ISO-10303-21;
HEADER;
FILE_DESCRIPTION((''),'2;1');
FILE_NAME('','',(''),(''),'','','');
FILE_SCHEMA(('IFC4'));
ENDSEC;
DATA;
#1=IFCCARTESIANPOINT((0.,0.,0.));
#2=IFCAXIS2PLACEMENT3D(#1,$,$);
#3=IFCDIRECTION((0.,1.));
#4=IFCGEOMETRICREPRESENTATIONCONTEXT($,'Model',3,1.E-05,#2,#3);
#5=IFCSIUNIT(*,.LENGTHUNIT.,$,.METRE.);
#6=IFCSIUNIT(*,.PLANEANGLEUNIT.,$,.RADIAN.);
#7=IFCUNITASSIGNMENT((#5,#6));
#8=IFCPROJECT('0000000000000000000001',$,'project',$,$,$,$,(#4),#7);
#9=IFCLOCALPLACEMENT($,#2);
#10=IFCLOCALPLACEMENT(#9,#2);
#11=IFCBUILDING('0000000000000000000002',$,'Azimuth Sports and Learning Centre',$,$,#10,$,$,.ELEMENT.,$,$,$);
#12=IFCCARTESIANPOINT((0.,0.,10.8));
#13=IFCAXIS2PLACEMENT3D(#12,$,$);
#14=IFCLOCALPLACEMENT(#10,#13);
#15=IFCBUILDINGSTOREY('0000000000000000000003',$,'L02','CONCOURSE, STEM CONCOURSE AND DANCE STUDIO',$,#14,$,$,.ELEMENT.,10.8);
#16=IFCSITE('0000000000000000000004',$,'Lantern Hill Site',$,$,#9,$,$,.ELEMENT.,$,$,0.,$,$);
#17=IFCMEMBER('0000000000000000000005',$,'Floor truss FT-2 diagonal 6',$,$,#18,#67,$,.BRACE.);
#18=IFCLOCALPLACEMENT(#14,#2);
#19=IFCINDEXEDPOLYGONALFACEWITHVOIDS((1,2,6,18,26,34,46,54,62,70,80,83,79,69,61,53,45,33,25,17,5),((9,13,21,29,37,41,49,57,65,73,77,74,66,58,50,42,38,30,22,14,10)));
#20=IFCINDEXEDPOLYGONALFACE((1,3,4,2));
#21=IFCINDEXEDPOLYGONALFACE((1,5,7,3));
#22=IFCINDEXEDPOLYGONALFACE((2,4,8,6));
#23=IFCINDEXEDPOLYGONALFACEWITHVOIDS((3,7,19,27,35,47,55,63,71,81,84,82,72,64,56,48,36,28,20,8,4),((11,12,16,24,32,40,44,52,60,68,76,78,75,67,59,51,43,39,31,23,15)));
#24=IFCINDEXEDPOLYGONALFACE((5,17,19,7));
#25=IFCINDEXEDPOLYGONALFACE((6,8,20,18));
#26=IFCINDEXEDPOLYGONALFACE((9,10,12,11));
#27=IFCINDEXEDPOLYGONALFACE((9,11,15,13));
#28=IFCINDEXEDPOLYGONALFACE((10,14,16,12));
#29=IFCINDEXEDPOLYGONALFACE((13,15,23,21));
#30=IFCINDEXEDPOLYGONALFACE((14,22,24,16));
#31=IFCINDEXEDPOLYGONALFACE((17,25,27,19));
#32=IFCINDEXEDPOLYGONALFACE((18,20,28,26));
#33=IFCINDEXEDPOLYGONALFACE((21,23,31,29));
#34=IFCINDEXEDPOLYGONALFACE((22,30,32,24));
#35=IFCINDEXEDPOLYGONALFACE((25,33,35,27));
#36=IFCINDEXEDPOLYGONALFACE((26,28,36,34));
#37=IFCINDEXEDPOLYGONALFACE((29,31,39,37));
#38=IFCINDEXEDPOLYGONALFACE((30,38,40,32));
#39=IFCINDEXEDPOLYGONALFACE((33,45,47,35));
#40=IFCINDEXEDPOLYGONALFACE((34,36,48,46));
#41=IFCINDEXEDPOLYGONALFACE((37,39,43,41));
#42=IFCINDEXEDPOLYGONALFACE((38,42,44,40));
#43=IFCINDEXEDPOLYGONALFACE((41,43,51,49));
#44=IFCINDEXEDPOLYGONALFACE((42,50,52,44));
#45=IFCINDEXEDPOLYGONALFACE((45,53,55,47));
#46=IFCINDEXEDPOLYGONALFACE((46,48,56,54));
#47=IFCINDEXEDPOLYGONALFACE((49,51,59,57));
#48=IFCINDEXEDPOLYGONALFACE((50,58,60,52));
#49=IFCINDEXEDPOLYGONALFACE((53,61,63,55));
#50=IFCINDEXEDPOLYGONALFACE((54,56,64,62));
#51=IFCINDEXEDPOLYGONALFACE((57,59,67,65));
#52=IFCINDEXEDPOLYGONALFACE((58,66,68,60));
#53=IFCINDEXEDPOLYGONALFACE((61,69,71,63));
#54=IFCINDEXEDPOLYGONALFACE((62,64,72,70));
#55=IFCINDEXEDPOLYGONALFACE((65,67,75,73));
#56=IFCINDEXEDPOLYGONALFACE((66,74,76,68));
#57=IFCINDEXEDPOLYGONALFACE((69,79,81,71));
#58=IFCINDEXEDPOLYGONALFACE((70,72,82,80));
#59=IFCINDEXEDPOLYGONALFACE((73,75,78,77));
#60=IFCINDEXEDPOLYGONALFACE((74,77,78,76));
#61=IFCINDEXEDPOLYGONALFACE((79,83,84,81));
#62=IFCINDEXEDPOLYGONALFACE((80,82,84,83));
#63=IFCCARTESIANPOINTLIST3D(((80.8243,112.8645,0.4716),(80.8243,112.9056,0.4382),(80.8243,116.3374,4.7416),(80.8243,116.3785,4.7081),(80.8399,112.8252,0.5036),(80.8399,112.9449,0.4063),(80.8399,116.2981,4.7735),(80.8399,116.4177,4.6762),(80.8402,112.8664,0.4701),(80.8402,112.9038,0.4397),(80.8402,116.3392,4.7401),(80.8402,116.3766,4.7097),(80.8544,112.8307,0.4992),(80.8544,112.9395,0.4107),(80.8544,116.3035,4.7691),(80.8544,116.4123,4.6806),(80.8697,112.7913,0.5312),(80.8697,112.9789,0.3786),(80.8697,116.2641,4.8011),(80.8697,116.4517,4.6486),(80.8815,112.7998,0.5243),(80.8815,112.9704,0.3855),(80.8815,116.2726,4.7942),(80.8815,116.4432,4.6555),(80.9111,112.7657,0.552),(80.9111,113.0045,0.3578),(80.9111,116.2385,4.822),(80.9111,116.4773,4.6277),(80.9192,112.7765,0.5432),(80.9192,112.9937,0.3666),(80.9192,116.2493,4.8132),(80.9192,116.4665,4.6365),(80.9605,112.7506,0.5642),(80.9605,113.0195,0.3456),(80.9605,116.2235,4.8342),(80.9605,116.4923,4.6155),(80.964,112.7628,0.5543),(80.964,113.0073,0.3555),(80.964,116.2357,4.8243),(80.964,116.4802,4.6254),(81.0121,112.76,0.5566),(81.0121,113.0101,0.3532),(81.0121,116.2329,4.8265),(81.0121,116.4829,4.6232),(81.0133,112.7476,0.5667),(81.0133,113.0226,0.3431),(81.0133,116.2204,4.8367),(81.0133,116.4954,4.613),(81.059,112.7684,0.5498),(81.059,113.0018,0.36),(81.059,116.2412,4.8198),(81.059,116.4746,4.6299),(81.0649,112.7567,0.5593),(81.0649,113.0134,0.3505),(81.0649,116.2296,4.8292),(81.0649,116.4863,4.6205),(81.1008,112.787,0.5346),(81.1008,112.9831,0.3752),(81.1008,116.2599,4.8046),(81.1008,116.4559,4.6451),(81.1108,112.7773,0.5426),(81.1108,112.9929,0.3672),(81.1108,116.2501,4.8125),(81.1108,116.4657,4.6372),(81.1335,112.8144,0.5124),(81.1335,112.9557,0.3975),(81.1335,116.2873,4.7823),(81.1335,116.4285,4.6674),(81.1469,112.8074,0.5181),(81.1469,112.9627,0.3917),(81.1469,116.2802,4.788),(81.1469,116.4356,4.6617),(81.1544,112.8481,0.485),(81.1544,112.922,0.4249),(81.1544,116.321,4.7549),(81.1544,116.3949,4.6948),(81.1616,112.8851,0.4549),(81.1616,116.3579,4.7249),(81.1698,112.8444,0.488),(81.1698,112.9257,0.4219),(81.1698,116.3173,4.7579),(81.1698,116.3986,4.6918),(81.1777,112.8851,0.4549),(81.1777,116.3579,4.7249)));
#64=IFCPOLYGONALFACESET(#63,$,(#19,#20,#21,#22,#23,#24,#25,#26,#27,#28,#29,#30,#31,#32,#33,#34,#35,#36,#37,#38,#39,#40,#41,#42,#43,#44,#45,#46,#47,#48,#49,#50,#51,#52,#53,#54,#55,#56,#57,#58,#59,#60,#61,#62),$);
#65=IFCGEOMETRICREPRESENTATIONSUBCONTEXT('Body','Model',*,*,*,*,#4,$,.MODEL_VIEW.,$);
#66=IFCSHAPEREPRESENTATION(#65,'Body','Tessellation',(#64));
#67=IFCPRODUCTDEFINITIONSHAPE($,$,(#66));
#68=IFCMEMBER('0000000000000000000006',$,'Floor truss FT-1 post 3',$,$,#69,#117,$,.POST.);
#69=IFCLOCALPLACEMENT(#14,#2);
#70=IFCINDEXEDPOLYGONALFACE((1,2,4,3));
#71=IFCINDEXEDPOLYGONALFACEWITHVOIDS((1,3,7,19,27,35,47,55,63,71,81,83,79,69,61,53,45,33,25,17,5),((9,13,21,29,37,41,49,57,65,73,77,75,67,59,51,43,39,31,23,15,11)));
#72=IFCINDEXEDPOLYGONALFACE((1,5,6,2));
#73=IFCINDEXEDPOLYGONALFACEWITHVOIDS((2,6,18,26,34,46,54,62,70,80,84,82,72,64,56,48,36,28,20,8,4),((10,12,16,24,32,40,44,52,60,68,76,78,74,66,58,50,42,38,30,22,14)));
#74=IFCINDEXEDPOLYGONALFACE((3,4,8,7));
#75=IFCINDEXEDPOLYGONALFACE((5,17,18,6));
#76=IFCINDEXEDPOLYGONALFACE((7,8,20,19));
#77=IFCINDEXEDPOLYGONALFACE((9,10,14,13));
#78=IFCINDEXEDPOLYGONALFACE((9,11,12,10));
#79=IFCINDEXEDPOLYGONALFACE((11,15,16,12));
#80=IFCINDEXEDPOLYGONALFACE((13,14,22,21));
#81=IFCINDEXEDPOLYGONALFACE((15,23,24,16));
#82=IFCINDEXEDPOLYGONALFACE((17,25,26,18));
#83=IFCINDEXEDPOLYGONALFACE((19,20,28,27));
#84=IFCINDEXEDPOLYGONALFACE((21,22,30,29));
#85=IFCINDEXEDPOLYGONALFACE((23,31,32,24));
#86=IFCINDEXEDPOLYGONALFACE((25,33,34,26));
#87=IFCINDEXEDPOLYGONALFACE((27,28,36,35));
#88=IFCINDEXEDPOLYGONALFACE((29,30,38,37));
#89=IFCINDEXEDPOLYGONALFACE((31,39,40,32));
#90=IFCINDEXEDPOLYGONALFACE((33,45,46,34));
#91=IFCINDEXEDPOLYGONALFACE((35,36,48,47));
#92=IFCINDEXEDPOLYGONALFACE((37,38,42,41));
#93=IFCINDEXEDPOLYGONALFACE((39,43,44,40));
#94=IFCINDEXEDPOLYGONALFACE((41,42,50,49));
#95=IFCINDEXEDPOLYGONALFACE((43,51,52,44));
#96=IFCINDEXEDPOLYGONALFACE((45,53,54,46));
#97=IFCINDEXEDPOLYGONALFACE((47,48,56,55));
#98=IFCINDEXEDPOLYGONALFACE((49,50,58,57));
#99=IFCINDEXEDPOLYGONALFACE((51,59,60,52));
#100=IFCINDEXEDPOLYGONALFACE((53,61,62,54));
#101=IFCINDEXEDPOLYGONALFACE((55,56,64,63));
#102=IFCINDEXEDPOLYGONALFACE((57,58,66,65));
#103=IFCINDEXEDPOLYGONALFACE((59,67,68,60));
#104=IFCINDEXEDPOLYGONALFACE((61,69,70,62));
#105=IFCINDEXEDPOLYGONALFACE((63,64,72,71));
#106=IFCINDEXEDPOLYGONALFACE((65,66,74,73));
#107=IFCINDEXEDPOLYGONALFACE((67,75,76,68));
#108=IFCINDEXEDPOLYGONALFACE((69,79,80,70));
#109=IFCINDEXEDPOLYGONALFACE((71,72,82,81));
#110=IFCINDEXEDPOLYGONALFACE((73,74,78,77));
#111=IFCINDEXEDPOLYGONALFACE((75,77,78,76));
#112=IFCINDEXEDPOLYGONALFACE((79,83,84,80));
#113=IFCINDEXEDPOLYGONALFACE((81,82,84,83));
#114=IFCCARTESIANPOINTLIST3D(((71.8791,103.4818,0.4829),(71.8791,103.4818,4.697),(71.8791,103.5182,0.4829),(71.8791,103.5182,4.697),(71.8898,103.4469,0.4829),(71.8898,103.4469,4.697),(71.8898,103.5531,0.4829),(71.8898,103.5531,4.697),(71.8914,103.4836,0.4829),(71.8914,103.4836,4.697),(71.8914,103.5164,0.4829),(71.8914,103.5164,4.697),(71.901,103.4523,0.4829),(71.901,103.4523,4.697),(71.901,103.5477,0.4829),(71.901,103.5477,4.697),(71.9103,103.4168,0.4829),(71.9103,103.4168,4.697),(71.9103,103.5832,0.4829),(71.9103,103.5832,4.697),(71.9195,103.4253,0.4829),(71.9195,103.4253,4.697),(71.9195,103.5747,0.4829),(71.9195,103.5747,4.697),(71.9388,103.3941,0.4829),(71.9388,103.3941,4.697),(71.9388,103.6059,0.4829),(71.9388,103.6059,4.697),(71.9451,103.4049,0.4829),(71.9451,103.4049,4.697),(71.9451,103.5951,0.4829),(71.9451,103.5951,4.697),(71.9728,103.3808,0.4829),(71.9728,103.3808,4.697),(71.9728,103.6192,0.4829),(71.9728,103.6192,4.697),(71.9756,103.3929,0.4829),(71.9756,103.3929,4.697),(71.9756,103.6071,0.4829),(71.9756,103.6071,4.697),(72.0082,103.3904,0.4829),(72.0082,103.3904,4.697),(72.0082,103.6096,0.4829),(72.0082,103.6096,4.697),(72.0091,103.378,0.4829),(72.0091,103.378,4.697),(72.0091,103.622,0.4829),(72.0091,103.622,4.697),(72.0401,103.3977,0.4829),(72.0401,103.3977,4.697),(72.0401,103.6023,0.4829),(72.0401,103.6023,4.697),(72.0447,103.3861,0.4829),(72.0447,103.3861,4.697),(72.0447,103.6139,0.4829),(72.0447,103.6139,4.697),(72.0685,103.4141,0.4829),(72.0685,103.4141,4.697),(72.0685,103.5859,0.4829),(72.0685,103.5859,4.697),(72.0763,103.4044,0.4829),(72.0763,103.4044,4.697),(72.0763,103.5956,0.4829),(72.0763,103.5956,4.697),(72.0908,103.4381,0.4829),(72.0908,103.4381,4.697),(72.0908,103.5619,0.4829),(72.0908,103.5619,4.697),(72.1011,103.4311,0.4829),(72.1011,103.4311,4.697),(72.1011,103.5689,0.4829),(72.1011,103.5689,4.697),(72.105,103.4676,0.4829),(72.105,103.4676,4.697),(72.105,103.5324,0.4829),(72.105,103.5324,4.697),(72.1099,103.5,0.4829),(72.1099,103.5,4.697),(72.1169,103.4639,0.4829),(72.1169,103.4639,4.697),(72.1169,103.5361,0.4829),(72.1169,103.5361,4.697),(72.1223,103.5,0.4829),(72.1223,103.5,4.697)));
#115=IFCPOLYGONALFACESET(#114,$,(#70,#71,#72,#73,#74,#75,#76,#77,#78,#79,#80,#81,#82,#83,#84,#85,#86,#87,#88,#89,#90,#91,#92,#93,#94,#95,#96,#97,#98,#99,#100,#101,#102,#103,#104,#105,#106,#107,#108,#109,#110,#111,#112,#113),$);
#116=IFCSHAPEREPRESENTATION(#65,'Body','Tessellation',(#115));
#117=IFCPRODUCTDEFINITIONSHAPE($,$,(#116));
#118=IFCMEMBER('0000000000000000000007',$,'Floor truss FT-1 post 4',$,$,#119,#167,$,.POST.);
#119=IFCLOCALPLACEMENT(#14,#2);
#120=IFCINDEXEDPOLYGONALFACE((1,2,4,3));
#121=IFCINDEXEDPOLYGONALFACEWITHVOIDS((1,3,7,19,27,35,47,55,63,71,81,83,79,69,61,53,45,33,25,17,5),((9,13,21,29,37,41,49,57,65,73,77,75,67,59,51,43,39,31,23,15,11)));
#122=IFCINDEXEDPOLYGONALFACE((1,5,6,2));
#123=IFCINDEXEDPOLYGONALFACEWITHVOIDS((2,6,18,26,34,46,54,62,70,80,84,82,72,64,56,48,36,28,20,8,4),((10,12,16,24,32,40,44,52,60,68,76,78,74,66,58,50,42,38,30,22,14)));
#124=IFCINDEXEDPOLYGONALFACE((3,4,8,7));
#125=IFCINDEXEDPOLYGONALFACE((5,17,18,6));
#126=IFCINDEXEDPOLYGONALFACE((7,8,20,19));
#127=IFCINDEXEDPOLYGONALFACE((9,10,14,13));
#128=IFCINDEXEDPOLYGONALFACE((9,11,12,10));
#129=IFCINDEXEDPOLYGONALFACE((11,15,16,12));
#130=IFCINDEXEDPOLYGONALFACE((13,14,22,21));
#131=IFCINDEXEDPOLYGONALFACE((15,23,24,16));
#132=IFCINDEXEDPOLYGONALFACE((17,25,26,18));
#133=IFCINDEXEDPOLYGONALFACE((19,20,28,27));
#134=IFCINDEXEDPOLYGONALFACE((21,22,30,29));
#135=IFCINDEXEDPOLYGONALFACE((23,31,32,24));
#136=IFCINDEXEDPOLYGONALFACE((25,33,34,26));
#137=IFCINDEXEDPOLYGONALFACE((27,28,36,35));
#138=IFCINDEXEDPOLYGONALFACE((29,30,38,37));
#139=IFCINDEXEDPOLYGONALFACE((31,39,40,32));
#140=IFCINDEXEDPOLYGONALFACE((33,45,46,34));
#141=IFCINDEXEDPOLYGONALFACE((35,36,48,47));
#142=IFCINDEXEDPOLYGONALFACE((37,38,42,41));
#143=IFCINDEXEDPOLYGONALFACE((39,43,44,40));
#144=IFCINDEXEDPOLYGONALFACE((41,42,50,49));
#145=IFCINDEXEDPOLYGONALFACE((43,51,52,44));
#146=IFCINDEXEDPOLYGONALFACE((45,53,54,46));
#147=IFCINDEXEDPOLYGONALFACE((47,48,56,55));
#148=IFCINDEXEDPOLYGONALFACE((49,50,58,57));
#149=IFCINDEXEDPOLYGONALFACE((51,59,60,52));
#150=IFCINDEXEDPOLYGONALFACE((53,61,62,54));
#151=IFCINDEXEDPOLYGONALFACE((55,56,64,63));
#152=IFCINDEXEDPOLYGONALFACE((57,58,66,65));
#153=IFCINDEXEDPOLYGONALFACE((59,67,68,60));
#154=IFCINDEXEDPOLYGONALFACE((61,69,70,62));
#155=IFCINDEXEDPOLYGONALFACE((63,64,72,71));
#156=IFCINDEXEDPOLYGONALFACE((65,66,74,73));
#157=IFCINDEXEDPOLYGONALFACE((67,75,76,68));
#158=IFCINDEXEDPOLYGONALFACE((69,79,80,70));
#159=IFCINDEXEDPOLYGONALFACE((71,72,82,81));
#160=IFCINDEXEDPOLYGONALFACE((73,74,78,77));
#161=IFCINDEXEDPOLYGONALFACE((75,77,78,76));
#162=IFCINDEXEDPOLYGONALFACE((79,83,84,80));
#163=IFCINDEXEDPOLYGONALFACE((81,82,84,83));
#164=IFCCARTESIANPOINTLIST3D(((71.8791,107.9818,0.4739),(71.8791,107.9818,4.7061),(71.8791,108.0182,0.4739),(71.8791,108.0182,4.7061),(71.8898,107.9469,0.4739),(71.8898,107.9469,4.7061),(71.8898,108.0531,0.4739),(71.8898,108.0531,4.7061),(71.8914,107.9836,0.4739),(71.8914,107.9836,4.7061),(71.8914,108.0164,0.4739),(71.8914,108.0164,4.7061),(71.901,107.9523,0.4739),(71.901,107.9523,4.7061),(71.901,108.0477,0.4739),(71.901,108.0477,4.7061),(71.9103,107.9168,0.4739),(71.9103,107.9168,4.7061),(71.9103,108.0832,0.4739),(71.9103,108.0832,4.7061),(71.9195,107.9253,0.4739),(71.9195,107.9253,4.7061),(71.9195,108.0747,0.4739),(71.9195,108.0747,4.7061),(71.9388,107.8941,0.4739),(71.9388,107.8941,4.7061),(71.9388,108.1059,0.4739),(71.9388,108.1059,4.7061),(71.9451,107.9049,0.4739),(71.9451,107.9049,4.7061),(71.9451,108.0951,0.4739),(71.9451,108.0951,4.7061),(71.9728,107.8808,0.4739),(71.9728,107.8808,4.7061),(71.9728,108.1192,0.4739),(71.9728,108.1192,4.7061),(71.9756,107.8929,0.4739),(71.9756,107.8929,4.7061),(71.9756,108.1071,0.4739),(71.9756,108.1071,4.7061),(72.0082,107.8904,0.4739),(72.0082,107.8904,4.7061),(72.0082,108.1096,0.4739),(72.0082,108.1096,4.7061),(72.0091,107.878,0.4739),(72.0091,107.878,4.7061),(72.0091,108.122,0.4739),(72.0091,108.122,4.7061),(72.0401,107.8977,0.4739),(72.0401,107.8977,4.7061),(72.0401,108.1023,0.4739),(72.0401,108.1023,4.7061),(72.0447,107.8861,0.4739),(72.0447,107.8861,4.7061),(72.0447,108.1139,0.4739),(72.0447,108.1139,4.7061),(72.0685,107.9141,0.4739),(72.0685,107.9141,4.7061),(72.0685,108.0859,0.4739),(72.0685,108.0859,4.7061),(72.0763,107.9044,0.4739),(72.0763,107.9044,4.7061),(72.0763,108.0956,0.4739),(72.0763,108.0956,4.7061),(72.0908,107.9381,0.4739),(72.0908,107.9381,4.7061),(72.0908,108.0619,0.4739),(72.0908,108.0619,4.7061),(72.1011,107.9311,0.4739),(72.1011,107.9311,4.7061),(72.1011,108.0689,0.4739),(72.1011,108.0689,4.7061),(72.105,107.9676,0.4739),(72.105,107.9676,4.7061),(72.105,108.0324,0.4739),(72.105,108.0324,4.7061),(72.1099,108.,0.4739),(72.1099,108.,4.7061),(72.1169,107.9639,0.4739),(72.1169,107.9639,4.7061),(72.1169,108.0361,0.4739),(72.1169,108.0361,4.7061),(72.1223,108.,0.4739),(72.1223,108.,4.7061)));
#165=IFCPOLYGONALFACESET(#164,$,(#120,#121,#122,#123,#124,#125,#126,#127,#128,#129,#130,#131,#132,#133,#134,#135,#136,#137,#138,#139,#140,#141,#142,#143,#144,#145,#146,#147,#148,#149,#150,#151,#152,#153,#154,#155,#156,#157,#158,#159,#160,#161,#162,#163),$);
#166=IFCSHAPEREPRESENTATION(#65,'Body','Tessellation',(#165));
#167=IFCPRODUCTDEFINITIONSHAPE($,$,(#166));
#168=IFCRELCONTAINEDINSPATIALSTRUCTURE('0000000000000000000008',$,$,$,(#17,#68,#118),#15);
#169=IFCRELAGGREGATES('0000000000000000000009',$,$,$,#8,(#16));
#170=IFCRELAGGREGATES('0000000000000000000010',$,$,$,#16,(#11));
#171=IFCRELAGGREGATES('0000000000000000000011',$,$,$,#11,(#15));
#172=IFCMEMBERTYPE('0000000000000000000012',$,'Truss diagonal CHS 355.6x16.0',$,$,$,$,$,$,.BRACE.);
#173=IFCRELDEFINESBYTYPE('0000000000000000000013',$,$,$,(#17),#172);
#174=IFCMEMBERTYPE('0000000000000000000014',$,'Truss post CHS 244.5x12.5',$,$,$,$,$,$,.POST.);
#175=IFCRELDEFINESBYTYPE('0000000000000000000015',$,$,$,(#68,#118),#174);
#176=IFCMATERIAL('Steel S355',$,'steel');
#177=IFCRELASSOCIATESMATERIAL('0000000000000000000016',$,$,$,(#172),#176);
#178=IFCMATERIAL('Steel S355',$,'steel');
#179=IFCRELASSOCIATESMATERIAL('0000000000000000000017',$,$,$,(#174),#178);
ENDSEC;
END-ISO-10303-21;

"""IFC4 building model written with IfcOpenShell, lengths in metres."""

from ifc_helpers import new_model, si_unit, direction, frame, origin, origin_2d, place, context, subcontext, project, spatial, hollow_circle, extrude, material, material_profile, profile_set, type_object, element, save


model = new_model("IFC4")

# Units and contexts
model_context = context("Model", 3, precision=1e-05, world=origin(), true_north=direction((0.0, 1.0)))
body_context = subcontext(model_context, "Body", "Model", "MODEL_VIEW")
ifc_project = project(units=[si_unit("LENGTHUNIT", "METRE"), si_unit("PLANEANGLEUNIT", "RADIAN")], contexts=[model_context])

# Site, building, storey
site_placement = place(None, origin())
site = spatial("IfcSite", under=ifc_project, at=site_placement, Name="Lantern Hill Site", CompositionType="ELEMENT", RefElevation=0.0)
building_placement = place(site_placement, origin())
building = spatial("IfcBuilding", under=site, at=building_placement, Name="Azimuth Sports and Learning Centre", CompositionType="ELEMENT")
storey_placement = place(building_placement, frame((0.0, 0.0, 10.8)))
storey = spatial("IfcBuildingStorey", under=building, at=storey_placement, Name="L02", Description="CONCOURSE, STEM CONCOURSE AND DANCE STUDIO", CompositionType="ELEMENT", Elevation=10.8)

# Members
ifc_material_1 = material(Name="Steel S355", Category="steel")
ifc_material_profile_1 = material_profile(ifc_material_1, hollow_circle(Radius=0.1777, WallThickness=0.0161, at=origin_2d()), Name="CHS 355.6x16.0")
ifc_profile_set_1 = profile_set([ifc_material_profile_1], Name="Steel S355")
member_type_1 = type_object("IfcMemberType", Name="Truss diagonal CHS 355.6x16.0", PredefinedType="BRACE", material=ifc_profile_set_1)
for number, where, z_axis, x_axis, name in (
    (1, (81.0, 116.3579, 4.7249), (0.0, -0.630977, -0.775802), (1.0, 0.0, 0.0), "Floor truss FT-2 diagonal 6"),
):
    element("IfcMember", number, at=place(storey_placement, frame(where, z_axis=z_axis, x_axis=x_axis)), inside=storey, type_object=member_type_1, Name=name, PredefinedType="BRACE", context=body_context, shape_type="SweptSolid", body=[
        extrude(hollow_circle(Radius=0.1777, WallThickness=0.0161, at=origin_2d()), origin(), (0.0, 0.0, 1.0), 5.5039),
    ])
ifc_material_2 = material(Name="Steel S355", Category="steel")
ifc_material_profile_2 = material_profile(ifc_material_2, hollow_circle(Radius=0.1223, WallThickness=0.0125, at=origin_2d()), Name="CHS 244.5x12.5")
ifc_profile_set_2 = profile_set([ifc_material_profile_2], Name="Steel S355")
member_type_2 = type_object("IfcMemberType", Name="Truss post CHS 244.5x12.5", PredefinedType="POST", material=ifc_profile_set_2)
member_1_placement = place(storey_placement, frame((72.0, 103.5, 0.4829), z_axis=(0.0, 0.0, 1.0), x_axis=(1.0, 0.0, 0.0)))
element("IfcMember", 2, at=member_1_placement, inside=storey, type_object=member_type_2, Name="Floor truss FT-1 post 3", PredefinedType="POST", context=body_context, shape_type="SweptSolid", body=[
    extrude(hollow_circle(Radius=0.1223, WallThickness=0.0125, at=origin_2d()), origin(), (0.0, 0.0, 1.0), 4.2141),
])
member_2_placement = place(storey_placement, frame((72.0, 108.0, 0.4739), z_axis=(0.0, 0.0, 1.0), x_axis=(1.0, 0.0, 0.0)))
element("IfcMember", 3, at=member_2_placement, inside=storey, type_object=member_type_2, Name="Floor truss FT-1 post 4", PredefinedType="POST", context=body_context, shape_type="SweptSolid", body=[
    extrude(hollow_circle(Radius=0.1223, WallThickness=0.0125, at=origin_2d()), origin(), (0.0, 0.0, 1.0), 4.2322),
])

save(model, "model.ifc")
